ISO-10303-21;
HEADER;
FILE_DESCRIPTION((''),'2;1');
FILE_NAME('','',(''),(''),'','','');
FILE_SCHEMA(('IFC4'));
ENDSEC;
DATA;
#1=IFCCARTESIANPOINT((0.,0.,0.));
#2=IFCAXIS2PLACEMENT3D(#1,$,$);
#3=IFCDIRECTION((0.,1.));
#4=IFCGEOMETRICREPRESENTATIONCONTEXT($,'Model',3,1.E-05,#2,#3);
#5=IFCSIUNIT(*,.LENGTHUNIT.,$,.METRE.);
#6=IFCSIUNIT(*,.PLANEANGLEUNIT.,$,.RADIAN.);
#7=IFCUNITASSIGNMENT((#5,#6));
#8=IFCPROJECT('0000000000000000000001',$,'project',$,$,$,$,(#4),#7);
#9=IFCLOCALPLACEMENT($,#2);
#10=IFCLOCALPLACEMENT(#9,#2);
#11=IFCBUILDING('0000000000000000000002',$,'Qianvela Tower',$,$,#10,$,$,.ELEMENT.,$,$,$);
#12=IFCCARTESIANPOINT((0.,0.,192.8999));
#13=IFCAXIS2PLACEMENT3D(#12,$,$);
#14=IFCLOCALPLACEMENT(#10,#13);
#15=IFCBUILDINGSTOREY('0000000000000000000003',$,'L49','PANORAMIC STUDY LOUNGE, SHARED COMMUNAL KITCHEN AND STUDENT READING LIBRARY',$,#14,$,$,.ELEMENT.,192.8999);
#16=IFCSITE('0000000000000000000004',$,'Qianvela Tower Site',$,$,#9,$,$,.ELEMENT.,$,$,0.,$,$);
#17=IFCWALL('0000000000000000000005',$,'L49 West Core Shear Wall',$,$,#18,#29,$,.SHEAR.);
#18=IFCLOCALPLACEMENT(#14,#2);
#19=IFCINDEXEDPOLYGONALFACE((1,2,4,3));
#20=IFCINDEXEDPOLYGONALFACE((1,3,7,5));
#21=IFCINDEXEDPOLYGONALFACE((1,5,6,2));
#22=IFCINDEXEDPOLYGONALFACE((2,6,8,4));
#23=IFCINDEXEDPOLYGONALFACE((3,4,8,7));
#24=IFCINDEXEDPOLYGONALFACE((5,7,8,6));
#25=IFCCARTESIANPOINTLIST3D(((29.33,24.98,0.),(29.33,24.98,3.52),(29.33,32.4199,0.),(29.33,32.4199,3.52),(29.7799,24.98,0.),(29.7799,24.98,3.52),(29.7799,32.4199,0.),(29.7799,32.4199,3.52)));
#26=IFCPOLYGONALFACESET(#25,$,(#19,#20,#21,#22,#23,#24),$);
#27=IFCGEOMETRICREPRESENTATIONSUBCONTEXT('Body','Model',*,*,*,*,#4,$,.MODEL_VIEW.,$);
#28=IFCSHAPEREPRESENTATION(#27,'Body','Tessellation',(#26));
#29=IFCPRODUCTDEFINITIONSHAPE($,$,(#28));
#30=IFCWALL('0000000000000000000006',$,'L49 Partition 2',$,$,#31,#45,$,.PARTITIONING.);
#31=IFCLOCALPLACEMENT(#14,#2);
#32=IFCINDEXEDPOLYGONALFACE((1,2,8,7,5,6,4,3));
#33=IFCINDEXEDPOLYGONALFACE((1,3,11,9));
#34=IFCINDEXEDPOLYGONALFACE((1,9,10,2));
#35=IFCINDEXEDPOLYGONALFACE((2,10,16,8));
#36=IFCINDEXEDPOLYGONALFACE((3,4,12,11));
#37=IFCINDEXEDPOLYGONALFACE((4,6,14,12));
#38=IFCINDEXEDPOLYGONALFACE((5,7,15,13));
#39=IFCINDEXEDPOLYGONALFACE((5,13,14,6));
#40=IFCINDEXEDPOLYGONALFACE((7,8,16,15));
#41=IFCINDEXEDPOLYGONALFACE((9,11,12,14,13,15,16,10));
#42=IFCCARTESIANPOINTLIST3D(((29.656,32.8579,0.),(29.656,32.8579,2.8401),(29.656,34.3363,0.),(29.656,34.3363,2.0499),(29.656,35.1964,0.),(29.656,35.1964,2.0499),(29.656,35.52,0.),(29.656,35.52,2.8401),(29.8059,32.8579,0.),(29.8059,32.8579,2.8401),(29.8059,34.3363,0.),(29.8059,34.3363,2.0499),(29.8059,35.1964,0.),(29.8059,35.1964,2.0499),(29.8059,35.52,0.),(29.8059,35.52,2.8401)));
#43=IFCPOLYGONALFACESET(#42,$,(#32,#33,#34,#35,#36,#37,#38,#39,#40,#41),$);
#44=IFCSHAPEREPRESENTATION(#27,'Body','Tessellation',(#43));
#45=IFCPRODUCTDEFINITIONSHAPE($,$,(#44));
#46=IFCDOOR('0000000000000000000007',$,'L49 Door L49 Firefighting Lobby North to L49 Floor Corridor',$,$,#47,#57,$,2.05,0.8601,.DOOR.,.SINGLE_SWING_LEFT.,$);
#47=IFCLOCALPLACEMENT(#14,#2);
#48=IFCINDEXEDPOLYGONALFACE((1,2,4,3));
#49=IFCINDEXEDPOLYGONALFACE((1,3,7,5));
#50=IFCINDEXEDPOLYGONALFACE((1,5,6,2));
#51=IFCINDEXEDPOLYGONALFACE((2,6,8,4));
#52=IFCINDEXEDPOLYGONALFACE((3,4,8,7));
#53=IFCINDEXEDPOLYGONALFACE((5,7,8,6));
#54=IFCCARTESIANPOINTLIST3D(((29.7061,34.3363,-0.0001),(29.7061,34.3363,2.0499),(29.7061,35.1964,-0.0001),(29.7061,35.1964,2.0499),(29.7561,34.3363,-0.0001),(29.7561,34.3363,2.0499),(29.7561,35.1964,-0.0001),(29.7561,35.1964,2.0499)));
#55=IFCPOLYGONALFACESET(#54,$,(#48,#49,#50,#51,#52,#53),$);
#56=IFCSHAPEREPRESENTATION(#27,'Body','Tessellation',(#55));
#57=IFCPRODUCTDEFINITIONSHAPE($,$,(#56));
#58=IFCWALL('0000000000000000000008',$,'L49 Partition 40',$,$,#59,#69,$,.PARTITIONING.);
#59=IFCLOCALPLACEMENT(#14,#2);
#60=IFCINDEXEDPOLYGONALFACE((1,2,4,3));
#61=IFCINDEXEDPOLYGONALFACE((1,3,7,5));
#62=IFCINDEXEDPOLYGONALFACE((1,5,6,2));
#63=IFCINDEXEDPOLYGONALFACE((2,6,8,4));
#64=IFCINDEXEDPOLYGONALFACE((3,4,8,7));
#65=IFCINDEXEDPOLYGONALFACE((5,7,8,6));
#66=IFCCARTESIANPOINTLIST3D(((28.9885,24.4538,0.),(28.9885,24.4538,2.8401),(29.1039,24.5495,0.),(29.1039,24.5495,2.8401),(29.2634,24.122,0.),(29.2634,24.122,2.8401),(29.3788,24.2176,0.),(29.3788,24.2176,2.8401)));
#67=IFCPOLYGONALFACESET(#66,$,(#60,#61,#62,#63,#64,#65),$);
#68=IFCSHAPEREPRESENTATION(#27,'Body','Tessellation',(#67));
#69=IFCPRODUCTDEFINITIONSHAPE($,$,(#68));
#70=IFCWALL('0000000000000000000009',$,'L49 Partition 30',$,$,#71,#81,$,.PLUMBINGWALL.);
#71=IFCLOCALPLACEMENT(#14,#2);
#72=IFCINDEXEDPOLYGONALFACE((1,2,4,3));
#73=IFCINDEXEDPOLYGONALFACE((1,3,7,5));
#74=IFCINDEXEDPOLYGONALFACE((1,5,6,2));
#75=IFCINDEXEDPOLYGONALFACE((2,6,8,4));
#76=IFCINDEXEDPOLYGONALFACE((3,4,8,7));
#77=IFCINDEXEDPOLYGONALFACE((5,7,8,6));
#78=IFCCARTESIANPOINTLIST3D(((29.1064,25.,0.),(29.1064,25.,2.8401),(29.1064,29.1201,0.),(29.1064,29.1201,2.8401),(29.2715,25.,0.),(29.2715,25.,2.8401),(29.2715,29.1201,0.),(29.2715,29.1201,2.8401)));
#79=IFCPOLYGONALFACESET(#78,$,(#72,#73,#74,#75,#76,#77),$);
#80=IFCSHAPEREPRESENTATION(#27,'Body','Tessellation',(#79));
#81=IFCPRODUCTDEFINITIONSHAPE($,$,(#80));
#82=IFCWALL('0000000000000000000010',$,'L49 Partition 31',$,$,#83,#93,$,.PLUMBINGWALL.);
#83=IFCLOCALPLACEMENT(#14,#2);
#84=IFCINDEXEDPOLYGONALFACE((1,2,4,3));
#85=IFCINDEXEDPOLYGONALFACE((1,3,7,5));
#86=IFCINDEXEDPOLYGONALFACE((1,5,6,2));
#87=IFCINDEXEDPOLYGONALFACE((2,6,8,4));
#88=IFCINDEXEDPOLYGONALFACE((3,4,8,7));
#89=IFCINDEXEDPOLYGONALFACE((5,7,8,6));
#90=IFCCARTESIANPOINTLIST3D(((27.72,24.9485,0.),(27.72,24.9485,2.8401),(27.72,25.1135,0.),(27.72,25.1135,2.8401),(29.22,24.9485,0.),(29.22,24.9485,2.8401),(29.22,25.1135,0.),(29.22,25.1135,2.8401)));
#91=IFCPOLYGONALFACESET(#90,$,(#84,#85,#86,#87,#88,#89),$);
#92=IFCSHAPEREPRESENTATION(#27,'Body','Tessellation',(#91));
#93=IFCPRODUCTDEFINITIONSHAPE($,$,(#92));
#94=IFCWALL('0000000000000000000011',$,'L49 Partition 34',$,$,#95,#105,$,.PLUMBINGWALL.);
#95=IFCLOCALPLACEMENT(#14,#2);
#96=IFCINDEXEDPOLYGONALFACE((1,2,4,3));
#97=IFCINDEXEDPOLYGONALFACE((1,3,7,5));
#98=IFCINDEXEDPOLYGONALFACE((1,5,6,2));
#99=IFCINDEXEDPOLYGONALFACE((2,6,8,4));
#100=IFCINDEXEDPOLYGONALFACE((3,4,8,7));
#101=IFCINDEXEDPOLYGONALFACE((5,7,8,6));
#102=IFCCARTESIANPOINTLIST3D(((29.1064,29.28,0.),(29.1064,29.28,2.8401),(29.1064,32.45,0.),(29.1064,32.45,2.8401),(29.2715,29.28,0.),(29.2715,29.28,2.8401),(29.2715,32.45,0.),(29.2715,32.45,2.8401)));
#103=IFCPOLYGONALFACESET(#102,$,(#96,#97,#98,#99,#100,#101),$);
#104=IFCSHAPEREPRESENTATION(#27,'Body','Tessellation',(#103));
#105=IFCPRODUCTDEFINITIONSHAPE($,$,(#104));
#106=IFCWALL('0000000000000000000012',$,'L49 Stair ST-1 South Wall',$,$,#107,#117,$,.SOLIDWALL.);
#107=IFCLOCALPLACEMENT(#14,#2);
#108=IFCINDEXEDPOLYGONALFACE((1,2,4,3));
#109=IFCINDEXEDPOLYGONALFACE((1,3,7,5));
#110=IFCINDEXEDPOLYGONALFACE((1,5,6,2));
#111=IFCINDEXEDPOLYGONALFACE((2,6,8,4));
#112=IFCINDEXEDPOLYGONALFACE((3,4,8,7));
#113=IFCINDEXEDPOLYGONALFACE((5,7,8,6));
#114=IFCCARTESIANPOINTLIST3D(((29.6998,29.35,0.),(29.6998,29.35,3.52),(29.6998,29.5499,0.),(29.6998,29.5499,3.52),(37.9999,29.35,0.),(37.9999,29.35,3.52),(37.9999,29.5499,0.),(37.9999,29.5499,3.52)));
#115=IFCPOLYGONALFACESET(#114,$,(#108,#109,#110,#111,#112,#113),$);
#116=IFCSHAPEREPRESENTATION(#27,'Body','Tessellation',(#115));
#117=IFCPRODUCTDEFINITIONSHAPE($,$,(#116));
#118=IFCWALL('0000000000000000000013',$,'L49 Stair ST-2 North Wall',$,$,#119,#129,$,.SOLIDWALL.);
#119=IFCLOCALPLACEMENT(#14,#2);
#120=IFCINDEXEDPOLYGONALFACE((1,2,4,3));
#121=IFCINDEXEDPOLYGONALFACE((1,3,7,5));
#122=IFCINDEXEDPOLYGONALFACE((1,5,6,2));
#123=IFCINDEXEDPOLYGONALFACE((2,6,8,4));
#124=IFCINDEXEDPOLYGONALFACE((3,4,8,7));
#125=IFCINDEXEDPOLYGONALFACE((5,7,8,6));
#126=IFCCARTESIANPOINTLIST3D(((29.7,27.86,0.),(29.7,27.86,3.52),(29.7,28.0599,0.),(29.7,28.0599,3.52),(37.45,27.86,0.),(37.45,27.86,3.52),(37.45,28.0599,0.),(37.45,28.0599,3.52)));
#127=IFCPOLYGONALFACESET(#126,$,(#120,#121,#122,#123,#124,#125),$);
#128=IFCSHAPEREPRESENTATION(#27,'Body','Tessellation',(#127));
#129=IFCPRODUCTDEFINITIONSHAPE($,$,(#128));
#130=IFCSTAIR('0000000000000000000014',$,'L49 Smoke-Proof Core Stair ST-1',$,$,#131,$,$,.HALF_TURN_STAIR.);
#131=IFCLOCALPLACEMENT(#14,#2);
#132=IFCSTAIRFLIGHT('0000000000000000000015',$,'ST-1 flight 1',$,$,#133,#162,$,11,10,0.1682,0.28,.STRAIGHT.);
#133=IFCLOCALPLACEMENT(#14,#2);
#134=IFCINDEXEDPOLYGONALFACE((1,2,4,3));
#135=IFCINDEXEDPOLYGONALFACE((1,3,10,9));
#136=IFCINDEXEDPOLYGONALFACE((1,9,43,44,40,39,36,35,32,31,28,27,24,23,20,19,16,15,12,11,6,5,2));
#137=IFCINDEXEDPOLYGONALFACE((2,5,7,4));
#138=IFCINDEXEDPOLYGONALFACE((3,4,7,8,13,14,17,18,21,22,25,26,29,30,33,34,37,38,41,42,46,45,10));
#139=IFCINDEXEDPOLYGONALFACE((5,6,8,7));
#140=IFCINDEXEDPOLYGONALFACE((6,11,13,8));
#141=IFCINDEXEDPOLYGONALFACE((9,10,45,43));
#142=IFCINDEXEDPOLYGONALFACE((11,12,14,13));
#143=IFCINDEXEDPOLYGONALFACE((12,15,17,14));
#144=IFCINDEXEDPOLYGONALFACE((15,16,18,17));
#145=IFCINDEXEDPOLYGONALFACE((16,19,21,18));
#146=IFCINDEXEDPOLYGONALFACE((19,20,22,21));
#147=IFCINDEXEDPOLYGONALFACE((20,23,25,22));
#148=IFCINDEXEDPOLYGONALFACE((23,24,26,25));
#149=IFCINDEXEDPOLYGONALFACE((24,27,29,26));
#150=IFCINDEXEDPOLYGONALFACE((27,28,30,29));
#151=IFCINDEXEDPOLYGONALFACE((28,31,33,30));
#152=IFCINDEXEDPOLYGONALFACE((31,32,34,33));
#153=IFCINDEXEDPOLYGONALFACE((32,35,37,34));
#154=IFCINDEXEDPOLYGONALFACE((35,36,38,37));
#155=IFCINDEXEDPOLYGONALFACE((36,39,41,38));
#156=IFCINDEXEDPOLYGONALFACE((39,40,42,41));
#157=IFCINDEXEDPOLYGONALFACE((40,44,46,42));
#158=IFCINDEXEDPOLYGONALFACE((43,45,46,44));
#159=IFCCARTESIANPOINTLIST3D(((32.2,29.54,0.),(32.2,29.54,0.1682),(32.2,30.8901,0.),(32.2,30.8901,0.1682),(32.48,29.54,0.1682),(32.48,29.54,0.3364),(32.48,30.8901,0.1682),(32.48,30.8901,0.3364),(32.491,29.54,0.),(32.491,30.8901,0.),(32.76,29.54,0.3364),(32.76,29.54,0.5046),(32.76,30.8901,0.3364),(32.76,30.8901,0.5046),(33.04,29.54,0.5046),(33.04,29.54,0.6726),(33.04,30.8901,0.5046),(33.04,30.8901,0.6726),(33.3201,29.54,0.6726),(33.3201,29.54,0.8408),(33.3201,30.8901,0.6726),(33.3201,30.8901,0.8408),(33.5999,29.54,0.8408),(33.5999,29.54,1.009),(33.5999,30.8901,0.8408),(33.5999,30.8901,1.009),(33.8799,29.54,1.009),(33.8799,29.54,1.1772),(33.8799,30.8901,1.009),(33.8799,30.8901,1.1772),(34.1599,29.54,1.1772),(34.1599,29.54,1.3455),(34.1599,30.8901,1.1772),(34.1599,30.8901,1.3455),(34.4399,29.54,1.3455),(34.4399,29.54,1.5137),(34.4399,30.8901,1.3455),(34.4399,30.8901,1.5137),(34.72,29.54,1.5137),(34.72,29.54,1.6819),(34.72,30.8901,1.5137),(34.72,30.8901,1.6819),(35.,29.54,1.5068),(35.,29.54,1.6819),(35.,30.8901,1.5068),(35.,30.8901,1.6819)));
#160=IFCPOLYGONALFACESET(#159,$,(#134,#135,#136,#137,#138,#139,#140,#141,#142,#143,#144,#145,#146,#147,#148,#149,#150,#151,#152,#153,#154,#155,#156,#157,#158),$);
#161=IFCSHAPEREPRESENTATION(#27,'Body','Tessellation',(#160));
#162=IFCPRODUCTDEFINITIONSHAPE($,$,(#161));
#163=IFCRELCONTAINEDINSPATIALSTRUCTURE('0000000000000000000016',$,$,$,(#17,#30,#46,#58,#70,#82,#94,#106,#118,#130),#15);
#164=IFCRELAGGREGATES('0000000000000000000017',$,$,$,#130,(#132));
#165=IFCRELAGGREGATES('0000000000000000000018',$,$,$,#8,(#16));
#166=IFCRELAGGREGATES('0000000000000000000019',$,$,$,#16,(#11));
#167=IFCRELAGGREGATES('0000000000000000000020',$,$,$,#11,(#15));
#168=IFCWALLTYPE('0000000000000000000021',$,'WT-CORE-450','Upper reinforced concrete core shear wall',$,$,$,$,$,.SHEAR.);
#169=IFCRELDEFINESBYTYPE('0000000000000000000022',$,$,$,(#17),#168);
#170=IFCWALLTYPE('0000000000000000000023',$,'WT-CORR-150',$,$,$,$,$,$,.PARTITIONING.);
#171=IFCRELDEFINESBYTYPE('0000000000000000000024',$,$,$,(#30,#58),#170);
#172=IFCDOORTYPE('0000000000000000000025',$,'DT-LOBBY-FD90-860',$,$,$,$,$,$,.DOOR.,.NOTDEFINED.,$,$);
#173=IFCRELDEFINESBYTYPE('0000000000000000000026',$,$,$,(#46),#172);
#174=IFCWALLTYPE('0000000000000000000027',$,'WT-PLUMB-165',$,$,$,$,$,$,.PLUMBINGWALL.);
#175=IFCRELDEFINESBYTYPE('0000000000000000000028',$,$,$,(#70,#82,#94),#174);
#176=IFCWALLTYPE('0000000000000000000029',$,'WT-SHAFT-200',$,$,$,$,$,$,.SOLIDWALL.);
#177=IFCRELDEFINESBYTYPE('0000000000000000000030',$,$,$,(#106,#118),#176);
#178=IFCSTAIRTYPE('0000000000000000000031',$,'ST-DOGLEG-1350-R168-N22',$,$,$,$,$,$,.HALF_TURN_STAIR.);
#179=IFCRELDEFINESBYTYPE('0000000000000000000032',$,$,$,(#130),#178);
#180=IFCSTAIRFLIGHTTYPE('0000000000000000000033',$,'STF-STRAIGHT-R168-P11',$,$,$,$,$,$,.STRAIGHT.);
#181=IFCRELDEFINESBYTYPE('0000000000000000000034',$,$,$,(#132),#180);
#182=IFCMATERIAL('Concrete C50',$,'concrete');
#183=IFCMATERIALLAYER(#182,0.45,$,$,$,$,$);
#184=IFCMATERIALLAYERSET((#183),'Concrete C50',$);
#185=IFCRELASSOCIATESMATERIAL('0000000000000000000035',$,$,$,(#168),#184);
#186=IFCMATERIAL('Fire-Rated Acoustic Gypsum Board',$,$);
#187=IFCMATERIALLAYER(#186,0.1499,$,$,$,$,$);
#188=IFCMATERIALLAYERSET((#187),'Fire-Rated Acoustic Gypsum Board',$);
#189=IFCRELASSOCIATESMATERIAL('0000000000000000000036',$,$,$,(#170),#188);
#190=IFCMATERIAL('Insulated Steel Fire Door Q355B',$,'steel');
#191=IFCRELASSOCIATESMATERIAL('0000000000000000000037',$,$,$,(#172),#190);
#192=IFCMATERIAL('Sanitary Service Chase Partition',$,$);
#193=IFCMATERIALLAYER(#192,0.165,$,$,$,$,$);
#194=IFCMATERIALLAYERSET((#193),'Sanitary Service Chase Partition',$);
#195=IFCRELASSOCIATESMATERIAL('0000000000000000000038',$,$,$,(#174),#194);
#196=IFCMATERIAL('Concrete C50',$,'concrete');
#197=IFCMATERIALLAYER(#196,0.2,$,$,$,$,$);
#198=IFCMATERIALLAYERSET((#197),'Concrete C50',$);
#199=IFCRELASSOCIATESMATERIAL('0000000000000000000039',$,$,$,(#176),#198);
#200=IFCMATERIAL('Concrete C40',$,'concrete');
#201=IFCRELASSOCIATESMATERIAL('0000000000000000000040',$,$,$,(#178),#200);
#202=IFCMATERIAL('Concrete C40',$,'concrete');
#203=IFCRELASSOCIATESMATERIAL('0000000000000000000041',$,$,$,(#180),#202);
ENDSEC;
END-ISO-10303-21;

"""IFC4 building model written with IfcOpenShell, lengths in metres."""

from ifc_helpers import new_model, si_unit, direction, frame, frame_2d, origin, place, context, subcontext, project, spatial, polyline, rectangle, outline, extrude, material, layer, layer_set, type_object, element, fill, aggregate, save


model = new_model("IFC4")

# Units and contexts
model_context = context("Model", 3, precision=1e-05, world=origin(), true_north=direction((0.0, 1.0)))
body_context = subcontext(model_context, "Body", "Model", "MODEL_VIEW")
ifc_project = project(units=[si_unit("LENGTHUNIT", "METRE"), si_unit("PLANEANGLEUNIT", "RADIAN")], contexts=[model_context])

# Site, building, storey
site_placement = place(None, origin())
site = spatial("IfcSite", under=ifc_project, at=site_placement, Name="Qianvela Tower Site", CompositionType="ELEMENT", RefElevation=0.0)
building_placement = place(site_placement, origin())
building = spatial("IfcBuilding", under=site, at=building_placement, Name="Qianvela Tower", CompositionType="ELEMENT")
storey_placement = place(building_placement, frame((0.0, 0.0, 192.8999)))
storey = spatial("IfcBuildingStorey", under=building, at=storey_placement, Name="L49", Description="PANORAMIC STUDY LOUNGE, SHARED COMMUNAL KITCHEN AND STUDENT READING LIBRARY", CompositionType="ELEMENT", Elevation=192.8999)

# Shared definitions
ifc_material_1 = material(Name="Concrete C50", Category="concrete")
ifc_layer_1 = layer(ifc_material_1, 0.45)
ifc_layer_set_1 = layer_set([ifc_layer_1], Name="Concrete C50")
wall_type_1 = type_object("IfcWallType", Name="WT-CORE-450", Description="Upper reinforced concrete core shear wall", PredefinedType="SHEAR", material=ifc_layer_set_1)

# Wall
wall_1_placement = place(storey_placement, frame((29.5549, 24.98, 0.0), z_axis=(0.0, 0.0, 1.0), x_axis=(0.0, 1.0, 0.0)))
element("IfcWall", 1, at=wall_1_placement, inside=storey, type_object=wall_type_1, Name="L49 West Core Shear Wall", PredefinedType="SHEAR", context=body_context, shape_type="SweptSolid", body=[
    extrude(rectangle(XDim=7.4399, YDim=0.45, at=frame_2d((3.72, 0.0))), origin(), (0.0, 0.0, 1.0), 3.52),
])

# Wall, opening, door
ifc_material_2 = material(Name="Fire-Rated Acoustic Gypsum Board")
ifc_layer_2 = layer(ifc_material_2, 0.1499)
ifc_layer_set_2 = layer_set([ifc_layer_2], Name="Fire-Rated Acoustic Gypsum Board")
wall_type_2 = type_object("IfcWallType", Name="WT-CORR-150", PredefinedType="PARTITIONING", material=ifc_layer_set_2)
wall_2_placement = place(storey_placement, frame((29.731, 32.8579, 0.0), z_axis=(0.0, 0.0, 1.0), x_axis=(0.0, 1.0, 0.0)))
wall_2 = element("IfcWall", 2, at=wall_2_placement, inside=storey, type_object=wall_type_2, Name="L49 Partition 2", PredefinedType="PARTITIONING", context=body_context, shape_type="SweptSolid", body=[
    extrude(rectangle(XDim=2.6621, YDim=0.1499, at=frame_2d((1.3311, 0.0))), origin(), (0.0, 0.0, 1.0), 2.8401),
])
opening_1_placement = place(wall_2_placement, frame((1.4783, 0.0, 0.0)))
opening_1 = element("IfcOpeningElement", 3, at=opening_1_placement, cuts=wall_2, PredefinedType="OPENING", context=body_context, shape_type="SweptSolid", body=[
    extrude(rectangle(XDim=0.8601, YDim=2.05, at=frame_2d((0.4302, 1.0249))), frame((0.0, 0.085, 0.0), z_axis=(0.0, -1.0, 0.0), x_axis=(1.0, 0.0, 0.0)), (0.0, 0.0, 1.0), 0.1699),
])
ifc_material_3 = material(Name="Insulated Steel Fire Door Q355B", Category="steel")
door_type_1 = type_object("IfcDoorType", Name="DT-LOBBY-FD90-860", OperationType="NOTDEFINED", PredefinedType="DOOR", material=ifc_material_3)
door_1_placement = place(opening_1_placement, origin())
door_1 = element("IfcDoor", 4, at=door_1_placement, inside=storey, type_object=door_type_1, Name="L49 Door L49 Firefighting Lobby North to L49 Floor Corridor", OperationType="SINGLE_SWING_LEFT", OverallHeight=2.05, OverallWidth=0.8601, PredefinedType="DOOR", context=body_context, shape_type="SweptSolid", body=[
    extrude(rectangle(XDim=0.8601, YDim=2.05, at=frame_2d((0.4302, 1.0249))), frame((0.0, 0.0249, 0.0), z_axis=(0.0, -1.0, 0.0), x_axis=(1.0, 0.0, 0.0)), (0.0, 0.0, 1.0), 0.05),
])
fill(opening_1, door_1)

# Walls
wall_3_placement = place(storey_placement, frame((29.321, 24.1699, 0.0), z_axis=(0.0, 0.0, 1.0), x_axis=(-0.638008, 0.77003, 0.0)))
element("IfcWall", 5, at=wall_3_placement, inside=storey, type_object=wall_type_2, Name="L49 Partition 40", PredefinedType="PARTITIONING", context=body_context, shape_type="SweptSolid", body=[
    extrude(rectangle(XDim=0.4309, YDim=0.1499, at=frame_2d((0.2153, 0.0))), origin(), (0.0, 0.0, 1.0), 2.8401),
])
ifc_material_4 = material(Name="Sanitary Service Chase Partition")
ifc_layer_3 = layer(ifc_material_4, 0.165)
ifc_layer_set_3 = layer_set([ifc_layer_3], Name="Sanitary Service Chase Partition")
wall_type_3 = type_object("IfcWallType", Name="WT-PLUMB-165", PredefinedType="PLUMBINGWALL", material=ifc_layer_set_3)
wall_4_placement = place(storey_placement, frame((29.189, 29.1201, 0.0), z_axis=(0.0, 0.0, 1.0), x_axis=(0.0, -1.0, 0.0)))
element("IfcWall", 6, at=wall_4_placement, inside=storey, type_object=wall_type_3, Name="L49 Partition 30", PredefinedType="PLUMBINGWALL", context=body_context, shape_type="SweptSolid", body=[
    extrude(rectangle(XDim=4.1201, YDim=0.165, at=frame_2d((2.0601, 0.0))), origin(), (0.0, 0.0, 1.0), 2.8401),
])
wall_5_placement = place(storey_placement, frame((29.22, 25.031, 0.0), z_axis=(0.0, 0.0, 1.0), x_axis=(-1.0, 0.0, 0.0)))
element("IfcWall", 7, at=wall_5_placement, inside=storey, type_object=wall_type_3, Name="L49 Partition 31", PredefinedType="PLUMBINGWALL", context=body_context, shape_type="SweptSolid", body=[
    extrude(rectangle(XDim=1.5, YDim=0.165, at=frame_2d((0.75, 0.0))), origin(), (0.0, 0.0, 1.0), 2.8401),
])
wall_6_placement = place(storey_placement, frame((29.189, 32.45, 0.0), z_axis=(0.0, 0.0, 1.0), x_axis=(0.0, -1.0, 0.0)))
element("IfcWall", 8, at=wall_6_placement, inside=storey, type_object=wall_type_3, Name="L49 Partition 34", PredefinedType="PLUMBINGWALL", context=body_context, shape_type="SweptSolid", body=[
    extrude(rectangle(XDim=3.1699, YDim=0.165, at=frame_2d((1.585, 0.0))), origin(), (0.0, 0.0, 1.0), 2.8401),
])
ifc_material_5 = material(Name="Concrete C50", Category="concrete")
ifc_layer_4 = layer(ifc_material_5, 0.2)
ifc_layer_set_4 = layer_set([ifc_layer_4], Name="Concrete C50")
wall_type_4 = type_object("IfcWallType", Name="WT-SHAFT-200", PredefinedType="SOLIDWALL", material=ifc_layer_set_4)
wall_7_placement = place(storey_placement, frame((29.7, 29.45, 0.0), z_axis=(0.0, 0.0, 1.0), x_axis=(1.0, 0.0, 0.0)))
element("IfcWall", 9, at=wall_7_placement, inside=storey, type_object=wall_type_4, Name="L49 Stair ST-1 South Wall", PredefinedType="SOLIDWALL", context=body_context, shape_type="SweptSolid", body=[
    extrude(rectangle(XDim=8.3, YDim=0.2, at=frame_2d((4.1499, 0.0))), origin(), (0.0, 0.0, 1.0), 3.52),
])
wall_8_placement = place(storey_placement, frame((29.7, 27.96, 0.0), z_axis=(0.0, 0.0, 1.0), x_axis=(1.0, 0.0, 0.0)))
element("IfcWall", 10, at=wall_8_placement, inside=storey, type_object=wall_type_4, Name="L49 Stair ST-2 North Wall", PredefinedType="SOLIDWALL", context=body_context, shape_type="SweptSolid", body=[
    extrude(rectangle(XDim=7.75, YDim=0.2, at=frame_2d((3.875, 0.0))), origin(), (0.0, 0.0, 1.0), 3.52),
])

# Stair, stair flight
ifc_material_6 = material(Name="Concrete C40", Category="concrete")
stair_type = type_object("IfcStairType", Name="ST-DOGLEG-1350-R168-N22", PredefinedType="HALF_TURN_STAIR", material=ifc_material_6)
stair_1_placement = place(storey_placement, origin())
stair_1 = element("IfcStair", 11, at=stair_1_placement, inside=storey, type_object=stair_type, Name="L49 Smoke-Proof Core Stair ST-1", PredefinedType="HALF_TURN_STAIR")
ifc_material_7 = material(Name="Concrete C40", Category="concrete")
stair_flight_type = type_object("IfcStairFlightType", Name="STF-STRAIGHT-R168-P11", PredefinedType="STRAIGHT", material=ifc_material_7)
stair_flight_1_placement = place(storey_placement, frame((32.2, 30.2151, 0.0), z_axis=(0.0, 0.0, 1.0), x_axis=(1.0, 0.0, 0.0)))
stair_flight_1 = element("IfcStairFlight", 12, at=stair_flight_1_placement, type_object=stair_flight_type, Name="ST-1 flight 1", NumberOfRisers=11, NumberOfTreads=10, PredefinedType="STRAIGHT", RiserHeight=0.1682, TreadLength=0.28, context=body_context, shape_type="SweptSolid", body=[
    extrude(outline(polyline([(0.0, 0.0), (0.0, 0.1682), (0.28, 0.1682), (0.28, 0.3364), (0.5601, 0.3364), (0.5601, 0.5046), (0.8401, 0.5046), (0.8401, 0.6726), (1.1201, 0.6726), (1.1201, 0.8408), (1.3999, 0.8408), (1.3999, 1.009), (1.6799, 1.009), (1.6799, 1.1772), (1.96, 1.1772), (1.96, 1.3455), (2.24, 1.3455), (2.24, 1.5137), (2.52, 1.5137), (2.52, 1.6819), (2.8, 1.6819), (2.8, 1.8501), (2.8, 1.5068), (0.291, 0.0), (0.0, 0.0)])), frame((0.0, 0.675, 0.0), z_axis=(0.0, -1.0, 0.0), x_axis=(1.0, 0.0, 0.0)), (0.0, 0.0, 1.0), 1.3501),
])
aggregate(stair_1, [stair_flight_1])

save(model, "model.ifc")
